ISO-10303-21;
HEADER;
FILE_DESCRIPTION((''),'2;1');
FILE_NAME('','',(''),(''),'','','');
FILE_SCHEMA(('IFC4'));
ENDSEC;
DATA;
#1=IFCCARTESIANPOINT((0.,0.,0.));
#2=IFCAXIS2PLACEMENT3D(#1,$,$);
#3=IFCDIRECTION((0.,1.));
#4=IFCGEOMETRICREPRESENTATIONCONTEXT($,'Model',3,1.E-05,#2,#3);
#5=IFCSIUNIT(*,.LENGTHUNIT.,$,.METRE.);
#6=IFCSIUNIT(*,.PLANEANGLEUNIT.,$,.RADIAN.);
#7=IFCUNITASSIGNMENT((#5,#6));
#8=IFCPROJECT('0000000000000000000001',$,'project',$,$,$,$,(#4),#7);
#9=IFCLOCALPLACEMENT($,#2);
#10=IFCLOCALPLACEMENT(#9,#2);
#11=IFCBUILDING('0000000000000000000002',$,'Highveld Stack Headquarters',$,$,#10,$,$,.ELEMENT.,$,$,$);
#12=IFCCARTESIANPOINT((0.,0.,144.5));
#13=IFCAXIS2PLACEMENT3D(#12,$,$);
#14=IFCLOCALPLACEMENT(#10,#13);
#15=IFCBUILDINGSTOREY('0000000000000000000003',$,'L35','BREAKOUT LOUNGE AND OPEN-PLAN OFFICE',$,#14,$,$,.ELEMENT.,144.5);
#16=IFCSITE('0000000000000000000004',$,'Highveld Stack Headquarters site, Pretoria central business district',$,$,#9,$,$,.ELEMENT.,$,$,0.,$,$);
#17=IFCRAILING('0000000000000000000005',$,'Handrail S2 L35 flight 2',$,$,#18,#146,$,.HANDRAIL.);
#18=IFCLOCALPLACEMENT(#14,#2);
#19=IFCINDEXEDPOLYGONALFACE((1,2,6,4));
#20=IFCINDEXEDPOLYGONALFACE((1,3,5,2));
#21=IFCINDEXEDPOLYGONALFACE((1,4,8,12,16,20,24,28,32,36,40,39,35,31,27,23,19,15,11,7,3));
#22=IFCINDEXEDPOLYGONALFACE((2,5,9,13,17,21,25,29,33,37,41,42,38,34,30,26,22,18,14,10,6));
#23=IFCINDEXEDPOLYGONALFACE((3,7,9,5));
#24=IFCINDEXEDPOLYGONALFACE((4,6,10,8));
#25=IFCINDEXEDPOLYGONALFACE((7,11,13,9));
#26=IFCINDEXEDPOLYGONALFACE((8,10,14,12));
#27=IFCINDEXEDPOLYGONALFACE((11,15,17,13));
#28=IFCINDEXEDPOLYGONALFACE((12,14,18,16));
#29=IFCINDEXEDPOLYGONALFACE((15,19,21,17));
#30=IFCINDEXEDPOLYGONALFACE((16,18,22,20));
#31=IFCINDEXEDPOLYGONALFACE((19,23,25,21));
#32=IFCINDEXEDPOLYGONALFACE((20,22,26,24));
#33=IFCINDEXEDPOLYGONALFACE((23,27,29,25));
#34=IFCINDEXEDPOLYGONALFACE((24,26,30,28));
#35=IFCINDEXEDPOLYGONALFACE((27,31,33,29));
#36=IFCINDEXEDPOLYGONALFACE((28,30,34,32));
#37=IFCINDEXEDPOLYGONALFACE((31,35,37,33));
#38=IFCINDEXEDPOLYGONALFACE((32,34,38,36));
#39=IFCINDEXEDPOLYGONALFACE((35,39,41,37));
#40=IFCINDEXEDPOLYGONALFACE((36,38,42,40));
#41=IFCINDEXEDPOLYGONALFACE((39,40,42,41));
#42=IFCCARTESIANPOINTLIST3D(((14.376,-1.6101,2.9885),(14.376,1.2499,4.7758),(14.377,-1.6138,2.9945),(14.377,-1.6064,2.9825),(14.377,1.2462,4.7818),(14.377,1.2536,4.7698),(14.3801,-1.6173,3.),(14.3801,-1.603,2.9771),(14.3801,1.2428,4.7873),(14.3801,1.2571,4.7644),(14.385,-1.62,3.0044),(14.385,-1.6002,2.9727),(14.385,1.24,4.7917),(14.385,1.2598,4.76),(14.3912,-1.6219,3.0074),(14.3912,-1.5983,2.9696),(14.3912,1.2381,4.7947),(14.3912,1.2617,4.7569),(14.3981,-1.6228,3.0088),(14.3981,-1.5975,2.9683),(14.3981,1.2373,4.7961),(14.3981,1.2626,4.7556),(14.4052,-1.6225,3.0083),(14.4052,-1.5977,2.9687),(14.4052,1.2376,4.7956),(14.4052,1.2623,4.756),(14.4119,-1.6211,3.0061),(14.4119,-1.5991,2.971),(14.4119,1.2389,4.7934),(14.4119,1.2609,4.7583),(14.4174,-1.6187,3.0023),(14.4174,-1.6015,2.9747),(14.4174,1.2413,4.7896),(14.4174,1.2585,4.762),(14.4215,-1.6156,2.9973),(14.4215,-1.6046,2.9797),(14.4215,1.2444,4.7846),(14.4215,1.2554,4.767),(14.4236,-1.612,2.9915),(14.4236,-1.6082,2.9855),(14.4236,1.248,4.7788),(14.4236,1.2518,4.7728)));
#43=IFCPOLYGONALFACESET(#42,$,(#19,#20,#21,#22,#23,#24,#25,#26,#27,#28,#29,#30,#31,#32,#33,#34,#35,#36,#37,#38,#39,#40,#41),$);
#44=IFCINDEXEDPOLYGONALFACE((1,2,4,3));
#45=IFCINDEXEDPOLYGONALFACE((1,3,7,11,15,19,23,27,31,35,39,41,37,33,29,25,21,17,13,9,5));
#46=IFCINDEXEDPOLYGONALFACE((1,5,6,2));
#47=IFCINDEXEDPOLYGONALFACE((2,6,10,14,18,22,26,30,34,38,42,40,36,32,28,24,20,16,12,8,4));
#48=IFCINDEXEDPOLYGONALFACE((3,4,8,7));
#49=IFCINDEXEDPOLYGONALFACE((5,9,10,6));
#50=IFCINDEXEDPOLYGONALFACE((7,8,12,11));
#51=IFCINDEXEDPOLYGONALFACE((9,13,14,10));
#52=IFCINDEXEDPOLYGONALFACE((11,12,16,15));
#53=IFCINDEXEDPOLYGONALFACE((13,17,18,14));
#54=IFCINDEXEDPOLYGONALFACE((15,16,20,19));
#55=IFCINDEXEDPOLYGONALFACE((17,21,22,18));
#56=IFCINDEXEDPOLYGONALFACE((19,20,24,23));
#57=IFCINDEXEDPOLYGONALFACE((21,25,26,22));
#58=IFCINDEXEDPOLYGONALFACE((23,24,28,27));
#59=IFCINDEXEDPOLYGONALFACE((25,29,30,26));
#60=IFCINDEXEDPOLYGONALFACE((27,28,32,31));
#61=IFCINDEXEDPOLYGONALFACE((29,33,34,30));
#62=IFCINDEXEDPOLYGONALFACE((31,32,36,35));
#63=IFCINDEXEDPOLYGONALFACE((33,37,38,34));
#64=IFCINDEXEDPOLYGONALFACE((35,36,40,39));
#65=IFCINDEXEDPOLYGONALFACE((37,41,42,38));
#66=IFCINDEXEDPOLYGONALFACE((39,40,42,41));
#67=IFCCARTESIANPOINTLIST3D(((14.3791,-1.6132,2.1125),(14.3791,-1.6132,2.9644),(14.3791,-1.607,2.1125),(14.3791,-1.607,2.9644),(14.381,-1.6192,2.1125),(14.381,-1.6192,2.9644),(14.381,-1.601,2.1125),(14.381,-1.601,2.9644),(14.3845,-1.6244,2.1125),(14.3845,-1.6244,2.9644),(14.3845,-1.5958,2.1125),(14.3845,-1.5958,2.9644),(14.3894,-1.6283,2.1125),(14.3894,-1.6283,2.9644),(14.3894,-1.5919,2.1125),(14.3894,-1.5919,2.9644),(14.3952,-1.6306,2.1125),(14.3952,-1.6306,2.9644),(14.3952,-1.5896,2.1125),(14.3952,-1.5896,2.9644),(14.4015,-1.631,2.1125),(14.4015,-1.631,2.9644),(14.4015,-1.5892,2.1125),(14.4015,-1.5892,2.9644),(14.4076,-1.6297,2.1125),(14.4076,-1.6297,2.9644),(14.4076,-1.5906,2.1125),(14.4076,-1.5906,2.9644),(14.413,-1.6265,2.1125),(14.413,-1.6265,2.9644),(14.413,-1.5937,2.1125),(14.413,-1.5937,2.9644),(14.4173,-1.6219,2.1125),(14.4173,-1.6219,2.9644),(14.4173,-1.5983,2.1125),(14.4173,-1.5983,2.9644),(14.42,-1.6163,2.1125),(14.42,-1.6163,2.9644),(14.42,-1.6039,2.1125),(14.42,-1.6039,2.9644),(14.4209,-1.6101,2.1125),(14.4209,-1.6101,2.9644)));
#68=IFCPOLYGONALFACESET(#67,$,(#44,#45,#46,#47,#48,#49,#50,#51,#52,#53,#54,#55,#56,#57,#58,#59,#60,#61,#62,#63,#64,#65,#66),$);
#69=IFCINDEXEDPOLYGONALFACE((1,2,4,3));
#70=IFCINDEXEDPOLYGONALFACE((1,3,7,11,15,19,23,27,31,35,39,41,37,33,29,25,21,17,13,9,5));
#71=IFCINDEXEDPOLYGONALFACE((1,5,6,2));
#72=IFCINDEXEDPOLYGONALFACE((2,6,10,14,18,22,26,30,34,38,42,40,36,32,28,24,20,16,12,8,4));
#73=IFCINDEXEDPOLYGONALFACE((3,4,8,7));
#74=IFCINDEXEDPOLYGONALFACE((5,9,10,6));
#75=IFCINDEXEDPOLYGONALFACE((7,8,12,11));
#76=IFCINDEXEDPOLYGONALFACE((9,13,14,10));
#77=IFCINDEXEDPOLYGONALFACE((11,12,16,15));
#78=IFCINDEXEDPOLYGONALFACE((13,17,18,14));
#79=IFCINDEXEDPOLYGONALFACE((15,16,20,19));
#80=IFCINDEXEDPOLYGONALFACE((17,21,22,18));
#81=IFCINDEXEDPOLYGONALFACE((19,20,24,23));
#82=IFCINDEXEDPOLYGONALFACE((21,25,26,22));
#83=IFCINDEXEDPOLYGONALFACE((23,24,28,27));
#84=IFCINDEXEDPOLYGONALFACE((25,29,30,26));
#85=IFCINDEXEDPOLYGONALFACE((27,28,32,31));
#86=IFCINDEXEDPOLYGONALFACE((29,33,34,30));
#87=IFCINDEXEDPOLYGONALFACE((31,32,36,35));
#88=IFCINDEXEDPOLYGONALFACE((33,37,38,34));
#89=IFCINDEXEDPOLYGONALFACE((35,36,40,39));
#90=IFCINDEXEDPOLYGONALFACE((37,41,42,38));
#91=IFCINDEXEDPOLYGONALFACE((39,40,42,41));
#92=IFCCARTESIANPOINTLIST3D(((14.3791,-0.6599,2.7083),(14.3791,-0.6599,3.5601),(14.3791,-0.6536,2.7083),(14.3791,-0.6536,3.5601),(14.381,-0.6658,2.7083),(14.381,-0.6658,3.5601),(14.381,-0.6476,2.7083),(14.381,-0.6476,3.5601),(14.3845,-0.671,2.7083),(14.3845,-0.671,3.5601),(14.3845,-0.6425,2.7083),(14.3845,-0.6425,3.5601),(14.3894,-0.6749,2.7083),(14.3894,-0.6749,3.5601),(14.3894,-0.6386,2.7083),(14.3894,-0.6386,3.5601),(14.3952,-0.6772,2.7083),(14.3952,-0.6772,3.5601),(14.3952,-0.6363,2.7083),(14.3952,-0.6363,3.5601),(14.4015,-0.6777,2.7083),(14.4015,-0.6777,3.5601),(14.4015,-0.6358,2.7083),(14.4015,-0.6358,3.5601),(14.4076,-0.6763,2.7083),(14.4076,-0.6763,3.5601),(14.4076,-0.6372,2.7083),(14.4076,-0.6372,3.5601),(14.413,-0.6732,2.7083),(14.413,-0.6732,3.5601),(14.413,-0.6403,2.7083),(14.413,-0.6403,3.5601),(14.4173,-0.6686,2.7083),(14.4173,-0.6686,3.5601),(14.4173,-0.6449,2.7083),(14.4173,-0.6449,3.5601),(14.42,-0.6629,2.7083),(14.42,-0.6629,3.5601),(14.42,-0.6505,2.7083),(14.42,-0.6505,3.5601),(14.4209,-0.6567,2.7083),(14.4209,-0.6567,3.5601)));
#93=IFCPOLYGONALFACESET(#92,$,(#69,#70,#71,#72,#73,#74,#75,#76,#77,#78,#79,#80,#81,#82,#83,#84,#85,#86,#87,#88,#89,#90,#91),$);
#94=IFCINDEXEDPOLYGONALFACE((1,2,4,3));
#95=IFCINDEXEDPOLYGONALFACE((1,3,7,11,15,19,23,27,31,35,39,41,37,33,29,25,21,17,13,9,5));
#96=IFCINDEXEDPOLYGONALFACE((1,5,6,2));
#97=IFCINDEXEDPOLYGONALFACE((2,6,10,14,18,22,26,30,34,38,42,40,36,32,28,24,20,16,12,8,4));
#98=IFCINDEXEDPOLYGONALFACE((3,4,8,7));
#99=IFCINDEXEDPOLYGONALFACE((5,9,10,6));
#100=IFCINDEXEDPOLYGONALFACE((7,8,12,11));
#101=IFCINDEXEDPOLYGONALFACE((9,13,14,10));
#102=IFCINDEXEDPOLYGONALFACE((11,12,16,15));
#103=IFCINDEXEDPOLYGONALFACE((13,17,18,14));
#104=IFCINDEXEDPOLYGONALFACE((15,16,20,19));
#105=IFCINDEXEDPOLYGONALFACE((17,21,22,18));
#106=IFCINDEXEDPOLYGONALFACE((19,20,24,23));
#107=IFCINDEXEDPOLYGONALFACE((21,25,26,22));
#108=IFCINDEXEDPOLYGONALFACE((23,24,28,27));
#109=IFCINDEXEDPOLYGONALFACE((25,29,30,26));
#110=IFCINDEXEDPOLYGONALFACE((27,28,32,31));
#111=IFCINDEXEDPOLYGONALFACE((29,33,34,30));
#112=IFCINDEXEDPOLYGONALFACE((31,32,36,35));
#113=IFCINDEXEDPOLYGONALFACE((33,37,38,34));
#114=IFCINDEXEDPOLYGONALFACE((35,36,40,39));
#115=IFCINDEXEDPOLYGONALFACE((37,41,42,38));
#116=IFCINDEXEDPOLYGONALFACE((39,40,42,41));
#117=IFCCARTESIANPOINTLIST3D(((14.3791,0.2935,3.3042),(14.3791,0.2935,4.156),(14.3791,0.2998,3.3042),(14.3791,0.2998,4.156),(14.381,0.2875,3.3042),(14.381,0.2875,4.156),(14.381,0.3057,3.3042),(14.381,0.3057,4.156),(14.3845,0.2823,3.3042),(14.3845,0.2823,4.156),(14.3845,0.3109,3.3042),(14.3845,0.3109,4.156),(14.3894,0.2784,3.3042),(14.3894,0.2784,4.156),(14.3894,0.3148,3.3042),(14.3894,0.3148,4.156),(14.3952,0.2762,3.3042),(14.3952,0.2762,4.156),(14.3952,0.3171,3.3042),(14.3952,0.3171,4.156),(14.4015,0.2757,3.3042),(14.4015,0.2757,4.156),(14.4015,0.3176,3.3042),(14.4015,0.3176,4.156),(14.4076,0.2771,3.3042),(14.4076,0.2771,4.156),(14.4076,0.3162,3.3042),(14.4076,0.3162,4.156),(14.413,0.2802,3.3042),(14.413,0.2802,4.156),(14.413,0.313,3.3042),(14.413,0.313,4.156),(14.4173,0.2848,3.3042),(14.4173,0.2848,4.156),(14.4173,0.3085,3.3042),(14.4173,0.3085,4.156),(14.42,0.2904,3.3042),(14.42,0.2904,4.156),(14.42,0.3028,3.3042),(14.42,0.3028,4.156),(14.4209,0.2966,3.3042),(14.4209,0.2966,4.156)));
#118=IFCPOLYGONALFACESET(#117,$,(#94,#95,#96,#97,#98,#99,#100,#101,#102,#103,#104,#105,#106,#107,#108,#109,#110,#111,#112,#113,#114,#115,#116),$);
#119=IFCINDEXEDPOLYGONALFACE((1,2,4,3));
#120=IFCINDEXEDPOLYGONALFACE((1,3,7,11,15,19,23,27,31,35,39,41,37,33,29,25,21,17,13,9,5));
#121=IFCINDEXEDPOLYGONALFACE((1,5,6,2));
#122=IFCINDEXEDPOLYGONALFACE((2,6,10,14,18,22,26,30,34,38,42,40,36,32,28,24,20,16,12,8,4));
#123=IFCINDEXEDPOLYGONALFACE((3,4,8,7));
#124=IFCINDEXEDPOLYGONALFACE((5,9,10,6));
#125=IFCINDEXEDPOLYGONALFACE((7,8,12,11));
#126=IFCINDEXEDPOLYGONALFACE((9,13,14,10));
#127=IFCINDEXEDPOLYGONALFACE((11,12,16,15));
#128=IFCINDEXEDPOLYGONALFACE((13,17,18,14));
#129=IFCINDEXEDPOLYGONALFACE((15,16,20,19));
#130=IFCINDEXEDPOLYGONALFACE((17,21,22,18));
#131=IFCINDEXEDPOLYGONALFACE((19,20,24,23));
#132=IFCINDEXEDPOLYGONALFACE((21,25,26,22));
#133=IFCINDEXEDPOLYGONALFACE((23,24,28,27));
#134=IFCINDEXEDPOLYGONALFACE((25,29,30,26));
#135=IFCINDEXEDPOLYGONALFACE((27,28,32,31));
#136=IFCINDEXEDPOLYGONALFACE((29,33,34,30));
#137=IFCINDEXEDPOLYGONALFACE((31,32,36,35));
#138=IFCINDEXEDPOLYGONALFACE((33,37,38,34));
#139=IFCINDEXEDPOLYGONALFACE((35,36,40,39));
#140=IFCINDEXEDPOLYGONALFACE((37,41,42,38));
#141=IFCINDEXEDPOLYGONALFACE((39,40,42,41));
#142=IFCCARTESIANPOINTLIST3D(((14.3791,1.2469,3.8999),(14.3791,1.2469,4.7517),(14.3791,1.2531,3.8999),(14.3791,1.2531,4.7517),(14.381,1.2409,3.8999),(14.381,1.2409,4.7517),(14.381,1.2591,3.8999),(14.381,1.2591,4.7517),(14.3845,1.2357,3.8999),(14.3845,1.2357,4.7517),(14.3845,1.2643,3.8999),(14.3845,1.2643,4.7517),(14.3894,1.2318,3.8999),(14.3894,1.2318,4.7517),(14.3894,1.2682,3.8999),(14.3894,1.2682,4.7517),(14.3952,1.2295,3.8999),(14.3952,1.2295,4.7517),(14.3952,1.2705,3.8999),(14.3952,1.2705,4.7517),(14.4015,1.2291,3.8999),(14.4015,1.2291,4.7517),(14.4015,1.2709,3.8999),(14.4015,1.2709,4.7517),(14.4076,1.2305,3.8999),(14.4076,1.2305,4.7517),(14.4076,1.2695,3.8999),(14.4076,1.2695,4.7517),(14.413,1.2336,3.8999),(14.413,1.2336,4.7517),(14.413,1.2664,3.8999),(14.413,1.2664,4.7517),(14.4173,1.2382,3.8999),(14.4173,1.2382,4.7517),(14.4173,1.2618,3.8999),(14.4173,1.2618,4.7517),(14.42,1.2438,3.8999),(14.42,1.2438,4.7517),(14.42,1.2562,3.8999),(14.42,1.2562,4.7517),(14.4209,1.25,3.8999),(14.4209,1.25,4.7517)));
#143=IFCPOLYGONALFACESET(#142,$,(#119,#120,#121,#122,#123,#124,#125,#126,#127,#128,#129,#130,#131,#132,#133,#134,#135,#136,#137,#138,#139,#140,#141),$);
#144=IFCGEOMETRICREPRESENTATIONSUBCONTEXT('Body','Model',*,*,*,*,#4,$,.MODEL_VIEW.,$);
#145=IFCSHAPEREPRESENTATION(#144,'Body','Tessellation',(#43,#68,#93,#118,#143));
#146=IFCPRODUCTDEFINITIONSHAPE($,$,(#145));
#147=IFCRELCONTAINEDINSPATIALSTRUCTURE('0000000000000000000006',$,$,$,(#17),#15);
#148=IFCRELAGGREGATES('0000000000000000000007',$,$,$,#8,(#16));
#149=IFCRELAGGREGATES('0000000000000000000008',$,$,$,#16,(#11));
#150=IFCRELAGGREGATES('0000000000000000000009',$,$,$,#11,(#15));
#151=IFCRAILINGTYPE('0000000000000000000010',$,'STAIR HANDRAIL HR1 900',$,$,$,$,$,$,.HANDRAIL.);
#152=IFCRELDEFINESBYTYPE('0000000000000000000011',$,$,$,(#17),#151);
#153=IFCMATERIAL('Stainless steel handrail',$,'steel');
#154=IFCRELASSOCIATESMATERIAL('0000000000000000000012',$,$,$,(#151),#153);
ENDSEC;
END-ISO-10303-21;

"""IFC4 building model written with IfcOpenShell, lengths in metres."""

from ifc_helpers import new_model, si_unit, direction, frame, origin, origin_2d, place, context, subcontext, project, spatial, circle, extrude, material, type_object, element, save


model = new_model("IFC4")

# Units and contexts
model_context = context("Model", 3, precision=1e-05, world=origin(), true_north=direction((0.0, 1.0)))
body_context = subcontext(model_context, "Body", "Model", "MODEL_VIEW")
ifc_project = project(units=[si_unit("LENGTHUNIT", "METRE"), si_unit("PLANEANGLEUNIT", "RADIAN")], contexts=[model_context])

# Site, building, storey
site_placement = place(None, origin())
site = spatial("IfcSite", under=ifc_project, at=site_placement, Name="Highveld Stack Headquarters site, Pretoria central business district", CompositionType="ELEMENT", RefElevation=0.0)
building_placement = place(site_placement, origin())
building = spatial("IfcBuilding", under=site, at=building_placement, Name="Highveld Stack Headquarters", CompositionType="ELEMENT")
storey_placement = place(building_placement, frame((0.0, 0.0, 144.5)))
storey = spatial("IfcBuildingStorey", under=building, at=storey_placement, Name="L35", Description="BREAKOUT LOUNGE AND OPEN-PLAN OFFICE", CompositionType="ELEMENT", Elevation=144.5)

# Railing
ifc_material_1 = material(Name="Stainless steel handrail", Category="steel")
railing_type = type_object("IfcRailingType", Name="STAIR HANDRAIL HR1 900", PredefinedType="HANDRAIL", material=ifc_material_1)
for number, where, name in (
    (1, (14.3999, -1.6101, 2.1125), "Handrail S2 L35 flight 2"),
):
    element("IfcRailing", number, at=place(storey_placement, frame(where)), inside=storey, type_object=railing_type, Name=name, PredefinedType="HANDRAIL", context=body_context, shape_type="SweptSolid", body=[
        extrude(circle(Radius=0.0239, at=origin_2d()), frame((0.0, 0.0, 0.876), z_axis=(0.0, 0.848027, 0.529953), x_axis=(-1.0, 0.0, 0.0)), (0.0, 0.0, 1.0), 3.3726),
        extrude(circle(Radius=0.021, at=origin_2d()), origin(), (0.0, 0.0, 1.0), 0.8518),
        extrude(circle(Radius=0.021, at=origin_2d()), frame((0.0, 0.9534, 0.5957)), (0.0, 0.0, 1.0), 0.8518),
        extrude(circle(Radius=0.021, at=origin_2d()), frame((0.0, 1.9067, 1.1917)), (0.0, 0.0, 1.0), 0.8518),
        extrude(circle(Radius=0.021, at=origin_2d()), frame((0.0, 2.8601, 1.7874)), (0.0, 0.0, 1.0), 0.8518),
    ])

save(model, "model.ifc")
